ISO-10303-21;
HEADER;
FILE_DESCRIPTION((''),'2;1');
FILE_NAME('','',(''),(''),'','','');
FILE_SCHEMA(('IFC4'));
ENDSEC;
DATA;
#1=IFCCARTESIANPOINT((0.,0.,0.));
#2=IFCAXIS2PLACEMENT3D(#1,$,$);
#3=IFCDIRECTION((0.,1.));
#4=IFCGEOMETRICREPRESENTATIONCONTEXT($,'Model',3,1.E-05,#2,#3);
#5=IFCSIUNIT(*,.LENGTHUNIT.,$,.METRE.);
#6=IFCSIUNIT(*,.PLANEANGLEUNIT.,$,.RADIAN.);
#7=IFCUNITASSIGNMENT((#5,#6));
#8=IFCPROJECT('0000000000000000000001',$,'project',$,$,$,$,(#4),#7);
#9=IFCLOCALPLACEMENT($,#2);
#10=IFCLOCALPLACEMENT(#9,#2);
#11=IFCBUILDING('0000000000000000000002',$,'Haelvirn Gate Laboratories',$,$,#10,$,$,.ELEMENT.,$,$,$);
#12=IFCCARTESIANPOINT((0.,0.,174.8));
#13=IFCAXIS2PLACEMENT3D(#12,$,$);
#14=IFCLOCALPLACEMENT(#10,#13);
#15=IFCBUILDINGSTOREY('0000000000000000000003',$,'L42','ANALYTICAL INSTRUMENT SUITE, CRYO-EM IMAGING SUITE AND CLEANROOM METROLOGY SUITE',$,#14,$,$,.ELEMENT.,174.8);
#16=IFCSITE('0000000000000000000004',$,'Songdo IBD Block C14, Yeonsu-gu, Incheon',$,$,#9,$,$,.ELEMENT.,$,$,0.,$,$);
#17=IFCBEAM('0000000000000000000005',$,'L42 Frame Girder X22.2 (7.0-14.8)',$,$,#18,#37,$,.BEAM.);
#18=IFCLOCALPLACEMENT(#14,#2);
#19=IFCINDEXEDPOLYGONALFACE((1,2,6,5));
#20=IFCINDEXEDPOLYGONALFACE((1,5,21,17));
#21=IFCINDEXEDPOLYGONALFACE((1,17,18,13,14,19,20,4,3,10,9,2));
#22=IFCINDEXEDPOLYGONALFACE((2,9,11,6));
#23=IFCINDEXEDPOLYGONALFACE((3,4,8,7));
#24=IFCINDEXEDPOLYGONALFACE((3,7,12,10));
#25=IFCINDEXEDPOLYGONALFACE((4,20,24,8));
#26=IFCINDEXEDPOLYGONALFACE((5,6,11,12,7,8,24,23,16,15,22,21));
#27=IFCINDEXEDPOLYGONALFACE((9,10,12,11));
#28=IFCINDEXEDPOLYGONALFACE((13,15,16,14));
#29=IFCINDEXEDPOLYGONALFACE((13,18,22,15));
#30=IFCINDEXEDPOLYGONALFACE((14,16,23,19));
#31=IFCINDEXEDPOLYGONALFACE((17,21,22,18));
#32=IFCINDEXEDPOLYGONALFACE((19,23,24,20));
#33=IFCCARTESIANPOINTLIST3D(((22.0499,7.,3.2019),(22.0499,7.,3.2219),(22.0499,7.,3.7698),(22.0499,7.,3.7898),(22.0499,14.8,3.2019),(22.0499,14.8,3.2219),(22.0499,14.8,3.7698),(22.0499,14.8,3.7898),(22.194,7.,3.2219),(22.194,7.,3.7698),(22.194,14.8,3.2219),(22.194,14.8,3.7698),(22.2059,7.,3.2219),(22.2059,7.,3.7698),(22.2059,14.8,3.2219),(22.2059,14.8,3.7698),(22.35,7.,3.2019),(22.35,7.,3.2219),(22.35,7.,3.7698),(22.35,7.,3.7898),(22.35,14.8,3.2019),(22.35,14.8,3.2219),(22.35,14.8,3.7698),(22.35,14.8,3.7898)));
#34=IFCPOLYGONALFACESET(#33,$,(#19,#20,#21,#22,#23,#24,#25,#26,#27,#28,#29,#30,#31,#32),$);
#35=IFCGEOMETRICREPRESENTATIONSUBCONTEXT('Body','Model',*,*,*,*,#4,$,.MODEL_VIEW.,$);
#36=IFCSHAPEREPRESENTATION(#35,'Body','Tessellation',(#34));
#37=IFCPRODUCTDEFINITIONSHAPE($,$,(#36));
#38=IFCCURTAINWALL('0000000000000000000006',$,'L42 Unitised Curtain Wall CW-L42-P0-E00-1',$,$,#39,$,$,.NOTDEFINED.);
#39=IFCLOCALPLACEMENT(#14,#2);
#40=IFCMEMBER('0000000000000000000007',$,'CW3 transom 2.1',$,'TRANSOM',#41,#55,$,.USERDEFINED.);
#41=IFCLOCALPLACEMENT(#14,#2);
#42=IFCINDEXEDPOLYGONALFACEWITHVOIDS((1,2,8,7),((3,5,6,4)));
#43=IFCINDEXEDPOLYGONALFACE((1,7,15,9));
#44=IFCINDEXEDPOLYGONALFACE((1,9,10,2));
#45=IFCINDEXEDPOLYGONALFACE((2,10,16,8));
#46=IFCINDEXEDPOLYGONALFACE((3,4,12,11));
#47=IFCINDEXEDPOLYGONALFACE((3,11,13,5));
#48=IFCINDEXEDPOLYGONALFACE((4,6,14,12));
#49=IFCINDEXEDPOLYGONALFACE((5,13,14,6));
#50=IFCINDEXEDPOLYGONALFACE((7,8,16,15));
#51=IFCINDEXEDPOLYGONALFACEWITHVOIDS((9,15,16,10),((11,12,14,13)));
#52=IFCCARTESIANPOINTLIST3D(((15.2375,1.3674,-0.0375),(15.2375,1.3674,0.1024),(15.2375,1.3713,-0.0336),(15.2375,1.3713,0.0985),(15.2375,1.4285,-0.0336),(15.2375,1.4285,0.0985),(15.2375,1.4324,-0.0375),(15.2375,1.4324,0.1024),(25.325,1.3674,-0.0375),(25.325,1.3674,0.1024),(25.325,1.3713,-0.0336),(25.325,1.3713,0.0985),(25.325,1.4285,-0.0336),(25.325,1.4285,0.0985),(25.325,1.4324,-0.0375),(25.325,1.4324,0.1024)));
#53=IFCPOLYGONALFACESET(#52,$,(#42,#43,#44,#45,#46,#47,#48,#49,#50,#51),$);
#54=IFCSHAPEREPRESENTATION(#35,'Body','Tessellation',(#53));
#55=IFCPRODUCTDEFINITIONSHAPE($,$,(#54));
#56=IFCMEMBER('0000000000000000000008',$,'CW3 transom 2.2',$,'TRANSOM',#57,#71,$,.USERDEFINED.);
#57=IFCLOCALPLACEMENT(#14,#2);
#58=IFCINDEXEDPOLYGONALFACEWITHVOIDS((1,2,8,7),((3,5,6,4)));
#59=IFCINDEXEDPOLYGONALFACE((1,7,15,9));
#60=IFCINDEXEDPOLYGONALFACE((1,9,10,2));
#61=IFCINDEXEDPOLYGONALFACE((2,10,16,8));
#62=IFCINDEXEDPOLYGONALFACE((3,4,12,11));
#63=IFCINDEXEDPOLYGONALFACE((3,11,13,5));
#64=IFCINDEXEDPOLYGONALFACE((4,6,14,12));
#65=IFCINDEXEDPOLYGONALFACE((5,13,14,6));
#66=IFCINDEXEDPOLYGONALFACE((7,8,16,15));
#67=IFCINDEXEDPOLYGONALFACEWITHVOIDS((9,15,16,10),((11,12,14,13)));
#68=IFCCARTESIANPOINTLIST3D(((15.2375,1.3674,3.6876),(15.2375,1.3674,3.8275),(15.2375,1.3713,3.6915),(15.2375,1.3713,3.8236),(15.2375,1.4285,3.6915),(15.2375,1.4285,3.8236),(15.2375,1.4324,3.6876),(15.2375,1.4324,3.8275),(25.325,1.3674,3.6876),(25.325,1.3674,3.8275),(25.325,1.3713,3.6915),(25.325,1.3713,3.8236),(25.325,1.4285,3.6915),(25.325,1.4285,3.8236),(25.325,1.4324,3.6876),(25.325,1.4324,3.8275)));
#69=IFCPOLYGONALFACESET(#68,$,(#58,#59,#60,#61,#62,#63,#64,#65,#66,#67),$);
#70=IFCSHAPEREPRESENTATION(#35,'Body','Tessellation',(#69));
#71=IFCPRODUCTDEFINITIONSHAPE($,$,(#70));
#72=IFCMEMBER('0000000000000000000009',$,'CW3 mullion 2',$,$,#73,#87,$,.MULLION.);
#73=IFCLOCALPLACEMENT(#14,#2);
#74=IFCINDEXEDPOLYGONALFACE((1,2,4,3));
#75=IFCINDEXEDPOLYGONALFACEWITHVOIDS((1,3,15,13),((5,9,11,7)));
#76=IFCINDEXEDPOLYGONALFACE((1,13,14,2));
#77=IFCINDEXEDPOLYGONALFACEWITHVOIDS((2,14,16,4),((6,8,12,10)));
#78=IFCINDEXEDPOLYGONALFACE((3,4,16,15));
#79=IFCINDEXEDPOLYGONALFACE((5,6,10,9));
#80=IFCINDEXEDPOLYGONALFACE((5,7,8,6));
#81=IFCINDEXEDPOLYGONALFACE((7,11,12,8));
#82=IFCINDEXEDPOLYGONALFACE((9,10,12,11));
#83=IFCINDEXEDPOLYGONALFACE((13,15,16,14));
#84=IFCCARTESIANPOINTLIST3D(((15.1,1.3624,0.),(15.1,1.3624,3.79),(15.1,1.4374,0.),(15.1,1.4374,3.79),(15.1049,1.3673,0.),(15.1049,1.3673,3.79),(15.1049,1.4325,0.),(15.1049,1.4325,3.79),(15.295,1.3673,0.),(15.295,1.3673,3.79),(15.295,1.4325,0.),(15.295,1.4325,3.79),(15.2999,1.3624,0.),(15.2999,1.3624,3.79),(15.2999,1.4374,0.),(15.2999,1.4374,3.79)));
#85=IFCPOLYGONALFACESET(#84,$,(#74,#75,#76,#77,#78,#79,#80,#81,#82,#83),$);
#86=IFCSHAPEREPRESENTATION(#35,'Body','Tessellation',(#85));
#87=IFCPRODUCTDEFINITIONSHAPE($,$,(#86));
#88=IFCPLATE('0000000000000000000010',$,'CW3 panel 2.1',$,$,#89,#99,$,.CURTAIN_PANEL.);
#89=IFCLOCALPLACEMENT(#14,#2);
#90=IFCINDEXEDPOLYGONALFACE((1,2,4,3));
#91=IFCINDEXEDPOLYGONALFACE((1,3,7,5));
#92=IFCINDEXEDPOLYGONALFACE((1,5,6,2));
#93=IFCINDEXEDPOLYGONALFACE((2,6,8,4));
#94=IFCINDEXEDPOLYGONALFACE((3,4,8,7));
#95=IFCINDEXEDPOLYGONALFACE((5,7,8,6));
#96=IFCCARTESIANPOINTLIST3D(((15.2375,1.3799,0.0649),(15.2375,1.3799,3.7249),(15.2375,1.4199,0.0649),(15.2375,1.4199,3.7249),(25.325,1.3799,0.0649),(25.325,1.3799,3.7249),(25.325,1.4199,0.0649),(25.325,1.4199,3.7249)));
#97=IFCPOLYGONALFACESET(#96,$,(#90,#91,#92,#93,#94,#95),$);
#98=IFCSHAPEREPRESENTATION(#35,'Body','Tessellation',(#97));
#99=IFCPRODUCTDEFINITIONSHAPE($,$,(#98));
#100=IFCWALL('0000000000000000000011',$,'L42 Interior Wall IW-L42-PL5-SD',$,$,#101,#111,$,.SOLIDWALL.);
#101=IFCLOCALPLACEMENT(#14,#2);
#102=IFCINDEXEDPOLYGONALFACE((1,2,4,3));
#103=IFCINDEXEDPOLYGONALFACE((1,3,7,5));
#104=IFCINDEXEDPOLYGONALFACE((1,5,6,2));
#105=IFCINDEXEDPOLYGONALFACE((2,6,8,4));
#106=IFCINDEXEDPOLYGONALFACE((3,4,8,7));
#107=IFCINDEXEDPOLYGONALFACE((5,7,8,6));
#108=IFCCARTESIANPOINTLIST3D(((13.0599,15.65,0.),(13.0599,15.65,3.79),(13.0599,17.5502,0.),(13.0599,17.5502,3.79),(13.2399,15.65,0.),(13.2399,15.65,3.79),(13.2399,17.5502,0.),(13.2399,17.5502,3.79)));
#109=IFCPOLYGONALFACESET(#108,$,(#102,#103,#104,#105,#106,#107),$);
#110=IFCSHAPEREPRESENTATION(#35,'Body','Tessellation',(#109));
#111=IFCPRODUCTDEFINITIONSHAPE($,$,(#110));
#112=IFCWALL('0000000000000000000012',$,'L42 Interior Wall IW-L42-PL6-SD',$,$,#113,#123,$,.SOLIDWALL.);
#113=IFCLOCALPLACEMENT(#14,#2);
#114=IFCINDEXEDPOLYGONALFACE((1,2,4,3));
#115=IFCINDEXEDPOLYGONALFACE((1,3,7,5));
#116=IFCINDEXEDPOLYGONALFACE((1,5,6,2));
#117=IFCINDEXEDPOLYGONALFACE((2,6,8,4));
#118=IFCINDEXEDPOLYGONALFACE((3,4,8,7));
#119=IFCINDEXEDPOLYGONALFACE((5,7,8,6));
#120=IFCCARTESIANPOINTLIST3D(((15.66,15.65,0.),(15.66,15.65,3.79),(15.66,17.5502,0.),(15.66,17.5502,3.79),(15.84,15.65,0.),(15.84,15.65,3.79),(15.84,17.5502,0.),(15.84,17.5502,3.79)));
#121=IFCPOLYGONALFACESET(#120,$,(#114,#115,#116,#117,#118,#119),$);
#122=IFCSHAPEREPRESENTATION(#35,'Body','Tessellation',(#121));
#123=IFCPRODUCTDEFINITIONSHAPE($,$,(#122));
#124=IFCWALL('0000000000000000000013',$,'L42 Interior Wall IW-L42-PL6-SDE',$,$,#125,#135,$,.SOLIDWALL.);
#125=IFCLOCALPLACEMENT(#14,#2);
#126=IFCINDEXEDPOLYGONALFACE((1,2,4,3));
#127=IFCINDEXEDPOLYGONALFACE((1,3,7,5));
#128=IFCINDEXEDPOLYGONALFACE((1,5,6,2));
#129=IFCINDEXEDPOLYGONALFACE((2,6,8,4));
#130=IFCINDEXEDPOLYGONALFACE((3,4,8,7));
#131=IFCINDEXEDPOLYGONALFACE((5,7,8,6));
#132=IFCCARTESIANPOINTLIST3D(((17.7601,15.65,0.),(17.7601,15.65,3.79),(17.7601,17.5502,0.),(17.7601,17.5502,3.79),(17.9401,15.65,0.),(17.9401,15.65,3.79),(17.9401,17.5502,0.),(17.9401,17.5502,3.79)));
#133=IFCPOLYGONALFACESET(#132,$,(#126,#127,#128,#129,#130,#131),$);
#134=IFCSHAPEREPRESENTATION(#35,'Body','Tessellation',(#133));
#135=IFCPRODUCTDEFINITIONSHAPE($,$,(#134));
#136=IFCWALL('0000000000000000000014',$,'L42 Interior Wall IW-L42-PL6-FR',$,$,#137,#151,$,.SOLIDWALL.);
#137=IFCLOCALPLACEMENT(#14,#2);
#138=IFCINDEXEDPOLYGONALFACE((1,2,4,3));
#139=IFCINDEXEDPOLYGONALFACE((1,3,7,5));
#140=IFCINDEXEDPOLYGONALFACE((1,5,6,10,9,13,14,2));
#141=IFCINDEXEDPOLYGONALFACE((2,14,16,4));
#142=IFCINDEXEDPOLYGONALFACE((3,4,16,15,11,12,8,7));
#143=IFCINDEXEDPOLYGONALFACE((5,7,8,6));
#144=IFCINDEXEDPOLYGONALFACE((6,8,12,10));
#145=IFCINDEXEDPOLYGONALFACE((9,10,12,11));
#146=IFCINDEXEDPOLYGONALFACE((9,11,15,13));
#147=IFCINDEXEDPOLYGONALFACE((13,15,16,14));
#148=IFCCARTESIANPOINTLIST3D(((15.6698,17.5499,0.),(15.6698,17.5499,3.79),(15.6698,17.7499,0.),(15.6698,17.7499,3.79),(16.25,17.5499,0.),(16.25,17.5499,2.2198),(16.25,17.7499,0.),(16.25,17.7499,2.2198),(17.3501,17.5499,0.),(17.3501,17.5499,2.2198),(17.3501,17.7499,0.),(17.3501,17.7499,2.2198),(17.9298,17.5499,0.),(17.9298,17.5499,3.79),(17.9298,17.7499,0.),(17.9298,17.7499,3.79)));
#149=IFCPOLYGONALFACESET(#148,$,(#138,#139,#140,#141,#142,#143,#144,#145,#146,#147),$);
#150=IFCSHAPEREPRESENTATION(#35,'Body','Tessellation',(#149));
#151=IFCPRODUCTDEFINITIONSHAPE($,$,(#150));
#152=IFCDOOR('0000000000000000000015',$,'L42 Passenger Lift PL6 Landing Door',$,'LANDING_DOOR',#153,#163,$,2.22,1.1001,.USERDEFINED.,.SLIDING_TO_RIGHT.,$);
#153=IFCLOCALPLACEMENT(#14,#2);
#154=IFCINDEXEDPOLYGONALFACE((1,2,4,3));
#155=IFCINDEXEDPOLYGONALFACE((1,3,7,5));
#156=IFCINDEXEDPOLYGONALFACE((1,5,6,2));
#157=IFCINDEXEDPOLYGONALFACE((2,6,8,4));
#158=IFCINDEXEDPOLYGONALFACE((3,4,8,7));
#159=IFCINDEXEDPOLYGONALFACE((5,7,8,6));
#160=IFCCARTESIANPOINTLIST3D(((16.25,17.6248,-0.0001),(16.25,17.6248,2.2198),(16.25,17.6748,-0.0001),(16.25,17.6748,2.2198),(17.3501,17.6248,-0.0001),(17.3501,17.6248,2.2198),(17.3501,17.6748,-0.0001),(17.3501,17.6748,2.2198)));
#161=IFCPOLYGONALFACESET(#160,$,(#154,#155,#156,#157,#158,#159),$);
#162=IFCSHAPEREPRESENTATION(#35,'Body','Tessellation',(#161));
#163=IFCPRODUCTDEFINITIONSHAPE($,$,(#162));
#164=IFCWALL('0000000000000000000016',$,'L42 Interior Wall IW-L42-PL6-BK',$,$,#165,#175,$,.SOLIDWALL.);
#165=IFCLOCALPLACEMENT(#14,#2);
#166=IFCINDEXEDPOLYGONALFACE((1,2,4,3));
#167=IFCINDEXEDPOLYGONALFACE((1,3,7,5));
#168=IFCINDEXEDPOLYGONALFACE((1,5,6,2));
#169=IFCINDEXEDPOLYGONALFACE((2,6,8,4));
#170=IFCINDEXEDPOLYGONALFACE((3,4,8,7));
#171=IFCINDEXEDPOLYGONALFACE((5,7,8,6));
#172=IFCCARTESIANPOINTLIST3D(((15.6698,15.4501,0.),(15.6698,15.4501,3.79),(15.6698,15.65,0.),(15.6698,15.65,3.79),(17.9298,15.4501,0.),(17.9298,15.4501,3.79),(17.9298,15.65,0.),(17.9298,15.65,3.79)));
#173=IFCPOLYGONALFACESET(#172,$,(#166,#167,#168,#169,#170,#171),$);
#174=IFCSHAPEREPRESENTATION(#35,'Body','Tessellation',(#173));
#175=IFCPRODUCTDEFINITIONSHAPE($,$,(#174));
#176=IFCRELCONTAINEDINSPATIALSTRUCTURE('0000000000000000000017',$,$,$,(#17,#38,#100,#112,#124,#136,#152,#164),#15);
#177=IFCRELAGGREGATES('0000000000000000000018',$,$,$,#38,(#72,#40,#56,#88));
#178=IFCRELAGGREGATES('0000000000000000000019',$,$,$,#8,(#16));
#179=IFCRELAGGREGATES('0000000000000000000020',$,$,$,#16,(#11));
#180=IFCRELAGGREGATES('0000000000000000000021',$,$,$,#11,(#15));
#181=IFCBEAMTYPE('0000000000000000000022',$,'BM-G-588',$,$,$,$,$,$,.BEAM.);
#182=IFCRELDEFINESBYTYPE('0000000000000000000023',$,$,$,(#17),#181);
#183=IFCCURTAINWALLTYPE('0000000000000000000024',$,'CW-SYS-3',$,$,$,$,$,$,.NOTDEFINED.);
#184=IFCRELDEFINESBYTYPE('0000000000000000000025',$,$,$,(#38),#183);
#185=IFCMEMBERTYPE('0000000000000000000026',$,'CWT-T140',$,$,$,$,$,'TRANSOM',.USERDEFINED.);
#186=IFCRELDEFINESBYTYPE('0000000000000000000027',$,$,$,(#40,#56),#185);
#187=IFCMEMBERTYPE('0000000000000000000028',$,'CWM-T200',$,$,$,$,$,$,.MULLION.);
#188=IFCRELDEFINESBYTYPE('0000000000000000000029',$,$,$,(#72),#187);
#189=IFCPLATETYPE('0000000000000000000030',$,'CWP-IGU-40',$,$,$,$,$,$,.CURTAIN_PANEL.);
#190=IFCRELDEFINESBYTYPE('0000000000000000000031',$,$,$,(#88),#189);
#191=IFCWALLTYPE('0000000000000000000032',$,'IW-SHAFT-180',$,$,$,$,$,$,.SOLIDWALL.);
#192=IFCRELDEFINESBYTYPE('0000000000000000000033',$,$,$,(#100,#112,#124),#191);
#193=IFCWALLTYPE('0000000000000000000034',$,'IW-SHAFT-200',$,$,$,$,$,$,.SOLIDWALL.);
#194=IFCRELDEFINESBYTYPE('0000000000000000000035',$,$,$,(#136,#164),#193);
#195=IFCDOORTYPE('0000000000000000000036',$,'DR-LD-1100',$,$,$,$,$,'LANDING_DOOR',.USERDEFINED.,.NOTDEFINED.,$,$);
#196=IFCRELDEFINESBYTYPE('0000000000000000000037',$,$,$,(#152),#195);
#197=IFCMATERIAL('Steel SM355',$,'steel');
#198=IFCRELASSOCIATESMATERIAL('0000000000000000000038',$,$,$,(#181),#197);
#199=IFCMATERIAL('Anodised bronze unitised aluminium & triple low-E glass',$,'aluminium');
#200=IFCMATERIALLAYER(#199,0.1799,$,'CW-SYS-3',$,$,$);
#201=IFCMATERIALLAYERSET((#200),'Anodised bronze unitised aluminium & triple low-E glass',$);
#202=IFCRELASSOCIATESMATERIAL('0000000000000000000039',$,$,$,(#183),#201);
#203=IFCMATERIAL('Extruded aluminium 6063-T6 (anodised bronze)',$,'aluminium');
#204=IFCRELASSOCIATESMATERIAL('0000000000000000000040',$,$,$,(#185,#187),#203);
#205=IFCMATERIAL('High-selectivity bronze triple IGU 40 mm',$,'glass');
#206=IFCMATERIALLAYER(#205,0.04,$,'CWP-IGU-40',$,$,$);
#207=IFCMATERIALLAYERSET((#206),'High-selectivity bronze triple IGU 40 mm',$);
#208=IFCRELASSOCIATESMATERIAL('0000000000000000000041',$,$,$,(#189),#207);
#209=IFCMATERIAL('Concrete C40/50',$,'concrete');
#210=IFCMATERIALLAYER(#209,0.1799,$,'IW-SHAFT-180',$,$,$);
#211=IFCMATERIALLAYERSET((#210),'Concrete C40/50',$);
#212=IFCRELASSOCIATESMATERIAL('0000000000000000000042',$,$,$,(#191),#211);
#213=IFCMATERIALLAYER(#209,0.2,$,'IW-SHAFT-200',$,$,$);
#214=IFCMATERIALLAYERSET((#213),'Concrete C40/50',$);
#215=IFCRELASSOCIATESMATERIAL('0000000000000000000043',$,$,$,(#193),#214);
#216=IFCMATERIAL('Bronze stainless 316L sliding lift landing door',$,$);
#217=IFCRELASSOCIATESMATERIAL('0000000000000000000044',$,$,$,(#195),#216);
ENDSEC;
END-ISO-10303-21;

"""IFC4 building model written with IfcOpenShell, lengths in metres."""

from ifc_helpers import new_model, si_unit, direction, frame, frame_2d, origin, origin_2d, place, context, subcontext, project, spatial, rectangle, hollow_rectangle, i_section, extrude, source, transform, mapped, material, layer, layer_set, material_profile, profile_set, type_object, type_shapes, element, fill, aggregate, save


model = new_model("IFC4")

# Units and contexts
model_context = context("Model", 3, precision=1e-05, world=origin(), true_north=direction((0.0, 1.0)))
body_context = subcontext(model_context, "Body", "Model", "MODEL_VIEW")
ifc_project = project(units=[si_unit("LENGTHUNIT", "METRE"), si_unit("PLANEANGLEUNIT", "RADIAN")], contexts=[model_context])

# Site, building, storey
site_placement = place(None, origin())
site = spatial("IfcSite", under=ifc_project, at=site_placement, Name="Songdo IBD Block C14, Yeonsu-gu, Incheon", CompositionType="ELEMENT", RefElevation=0.0)
building_placement = place(site_placement, origin())
building = spatial("IfcBuilding", under=site, at=building_placement, Name="Haelvirn Gate Laboratories", CompositionType="ELEMENT")
storey_placement = place(building_placement, frame((0.0, 0.0, 174.8)))
storey = spatial("IfcBuildingStorey", under=building, at=storey_placement, Name="L42", Description="ANALYTICAL INSTRUMENT SUITE, CRYO-EM IMAGING SUITE AND CLEANROOM METROLOGY SUITE", CompositionType="ELEMENT", Elevation=174.8)

# Beam
ifc_material_1 = material(Name="Steel SM355", Category="steel")
ifc_material_profile_1 = material_profile(ifc_material_1, i_section(OverallWidth=0.3, OverallDepth=0.5879, WebThickness=0.012, FlangeThickness=0.02, at=origin_2d()), Name="H-588x300x12x20")
ifc_profile_set_1 = profile_set([ifc_material_profile_1], Name="Steel SM355")
beam_type_1 = type_object("IfcBeamType", Name="BM-G-588", PredefinedType="BEAM", material=ifc_profile_set_1)
shared_shape_1 = source(origin(), body_context, "Body", "SweptSolid", [
    extrude(i_section(OverallWidth=0.3, OverallDepth=0.5879, WebThickness=0.012, FlangeThickness=0.02, at=origin_2d()), origin(), (0.0, 0.0, 1.0), 7.8),
])
beam_1_placement = place(storey_placement, frame((22.2, 7.0, 3.4958), z_axis=(0.0, 1.0, 0.0), x_axis=(-1.0, 0.0, 0.0)))
element("IfcBeam", 1, at=beam_1_placement, inside=storey, type_object=beam_type_1, Name="L42 Frame Girder X22.2 (7.0-14.8)", PredefinedType="BEAM", context=body_context, shape_type="MappedRepresentation", body=[
    mapped(shared_shape_1, transform((0.0, 0.0, 0.0), scale=1.0)),
])

# Curtain wall, members, plate
ifc_material_2 = material(Name="Anodised bronze unitised aluminium & triple low-E glass", Category="aluminium")
ifc_layer_1 = layer(ifc_material_2, 0.1799, Name="CW-SYS-3")
ifc_layer_set_1 = layer_set([ifc_layer_1], Name="Anodised bronze unitised aluminium & triple low-E glass")
curtain_wall_type = type_object("IfcCurtainWallType", Name="CW-SYS-3", PredefinedType="NOTDEFINED", material=ifc_layer_set_1)
curtain_wall_placement = place(storey_placement, origin())
curtain_wall = element("IfcCurtainWall", 2, at=curtain_wall_placement, inside=storey, type_object=curtain_wall_type, Name="L42 Unitised Curtain Wall CW-L42-P0-E00-1", PredefinedType="NOTDEFINED")
ifc_material_3 = material(Name="Extruded aluminium 6063-T6 (anodised bronze)", Category="aluminium")
ifc_material_profile_2 = material_profile(ifc_material_3, hollow_rectangle(XDim=0.0649, YDim=0.1399, WallThickness=0.0039, at=origin_2d()), Name="CWT-140x65x4")
ifc_profile_set_2 = profile_set([ifc_material_profile_2], Name="Extruded aluminium 6063-T6 (anodised bronze)")
member_type_1 = type_object("IfcMemberType", Name="CWT-T140", ElementType="TRANSOM", PredefinedType="USERDEFINED", material=ifc_profile_set_2)
shared_shape_2 = source(origin(), body_context, "Body", "SweptSolid", [
    extrude(hollow_rectangle(XDim=0.0649, YDim=0.1399, WallThickness=0.0039, at=origin_2d()), origin(), (0.0, 0.0, 1.0), 10.0874),
])
type_shapes(member_type_1, [shared_shape_2])
member_1_placement = place(storey_placement, frame((15.2375, 1.3999, 0.0325), z_axis=(1.0, 0.0, 0.0), x_axis=(0.0, 1.0, 0.0)))
member_1 = element("IfcMember", 3, at=member_1_placement, type_object=member_type_1, Name="CW3 transom 2.1", ObjectType="TRANSOM", PredefinedType="USERDEFINED", context=body_context, shape_type="MappedRepresentation", body=[
    mapped(shared_shape_2, transform((0.0, 0.0, 0.0), scale=1.0)),
])
member_2_placement = place(storey_placement, frame((15.2375, 1.3999, 3.7576), z_axis=(1.0, 0.0, 0.0), x_axis=(0.0, 1.0, 0.0)))
member_2 = element("IfcMember", 4, at=member_2_placement, type_object=member_type_1, Name="CW3 transom 2.2", ObjectType="TRANSOM", PredefinedType="USERDEFINED", context=body_context, shape_type="MappedRepresentation", body=[
    mapped(shared_shape_2, transform((0.0, 0.0, 0.0), scale=1.0)),
])
ifc_material_profile_3 = material_profile(ifc_material_3, hollow_rectangle(XDim=0.075, YDim=0.2, WallThickness=0.0049, at=origin_2d()), Name="CWM-200x75x5")
ifc_profile_set_3 = profile_set([ifc_material_profile_3], Name="Extruded aluminium 6063-T6 (anodised bronze)")
member_type_2 = type_object("IfcMemberType", Name="CWM-T200", PredefinedType="MULLION", material=ifc_profile_set_3)
shared_shape_3 = source(origin(), body_context, "Body", "SweptSolid", [
    extrude(hollow_rectangle(XDim=0.075, YDim=0.2, WallThickness=0.0049, at=origin_2d()), origin(), (0.0, 0.0, 1.0), 3.79),
])
type_shapes(member_type_2, [shared_shape_3])
member_3_placement = place(storey_placement, frame((15.2, 1.3999, 0.0), z_axis=(0.0, 0.0, 1.0), x_axis=(0.0, 1.0, 0.0)))
member_3 = element("IfcMember", 5, at=member_3_placement, type_object=member_type_2, Name="CW3 mullion 2", PredefinedType="MULLION", context=body_context, shape_type="MappedRepresentation", body=[
    mapped(shared_shape_3, transform((0.0, 0.0, 0.0), scale=1.0)),
])
ifc_material_4 = material(Name="High-selectivity bronze triple IGU 40 mm", Category="glass")
ifc_layer_2 = layer(ifc_material_4, 0.04, Name="CWP-IGU-40")
ifc_layer_set_2 = layer_set([ifc_layer_2], Name="High-selectivity bronze triple IGU 40 mm")
plate_type = type_object("IfcPlateType", Name="CWP-IGU-40", PredefinedType="CURTAIN_PANEL", material=ifc_layer_set_2)
shared_shape_4 = source(origin(), body_context, "Body", "SweptSolid", [
    extrude(rectangle(XDim=10.0874, YDim=0.04, at=origin_2d()), origin(), (0.0, 0.0, 1.0), 3.6599),
])
type_shapes(plate_type, [shared_shape_4])
plate_placement = place(storey_placement, frame((20.2812, 1.3999, 0.0649), z_axis=(0.0, 0.0, 1.0), x_axis=(1.0, 0.0, 0.0)))
plate = element("IfcPlate", 6, at=plate_placement, type_object=plate_type, Name="CW3 panel 2.1", PredefinedType="CURTAIN_PANEL", context=body_context, shape_type="MappedRepresentation", body=[
    mapped(shared_shape_4, transform((0.0, 0.0, 0.0), scale=1.0)),
])
aggregate(curtain_wall, [member_3, member_1, member_2, plate])

# Walls
ifc_material_5 = material(Name="Concrete C40/50", Category="concrete")
ifc_layer_3 = layer(ifc_material_5, 0.1799, Name="IW-SHAFT-180")
ifc_layer_set_3 = layer_set([ifc_layer_3], Name="Concrete C40/50")
wall_type_1 = type_object("IfcWallType", Name="IW-SHAFT-180", PredefinedType="SOLIDWALL", material=ifc_layer_set_3)
for number, where, z_axis, x_axis, name in (
    (7, (13.1499, 15.6499, 0.0), (0.0, 0.0, 1.0), (0.0, 1.0, 0.0), "L42 Interior Wall IW-L42-PL5-SD"),
    (8, (15.75, 15.6499, 0.0), (0.0, 0.0, 1.0), (0.0, 1.0, 0.0), "L42 Interior Wall IW-L42-PL6-SD"),
    (9, (17.8501, 15.6499, 0.0), (0.0, 0.0, 1.0), (0.0, 1.0, 0.0), "L42 Interior Wall IW-L42-PL6-SDE"),
):
    element("IfcWall", number, at=place(storey_placement, frame(where, z_axis=z_axis, x_axis=x_axis)), inside=storey, type_object=wall_type_1, Name=name, PredefinedType="SOLIDWALL", context=body_context, shape_type="SweptSolid", body=[
        extrude(rectangle(XDim=1.9001, YDim=0.1799, at=frame_2d((0.9502, 0.0))), origin(), (0.0, 0.0, 1.0), 3.79),
    ])

# Wall, opening, door
ifc_layer_4 = layer(ifc_material_5, 0.2, Name="IW-SHAFT-200")
ifc_layer_set_4 = layer_set([ifc_layer_4], Name="Concrete C40/50")
wall_type_2 = type_object("IfcWallType", Name="IW-SHAFT-200", PredefinedType="SOLIDWALL", material=ifc_layer_set_4)
wall_1_placement = place(storey_placement, frame((15.6699, 17.6499, 0.0), z_axis=(0.0, 0.0, 1.0), x_axis=(1.0, 0.0, 0.0)))
wall_1 = element("IfcWall", 10, at=wall_1_placement, inside=storey, type_object=wall_type_2, Name="L42 Interior Wall IW-L42-PL6-FR", PredefinedType="SOLIDWALL", context=body_context, shape_type="SweptSolid", body=[
    extrude(rectangle(XDim=2.26, YDim=0.2, at=frame_2d((1.1299, 0.0))), origin(), (0.0, 0.0, 1.0), 3.79),
])
opening_1_placement = place(wall_1_placement, frame((0.5801, 0.0, 0.0)))
opening_1 = element("IfcOpeningElement", 11, at=opening_1_placement, cuts=wall_1, PredefinedType="OPENING", context=body_context, shape_type="SweptSolid", body=[
    extrude(rectangle(XDim=1.1001, YDim=2.22, at=frame_2d((0.55, 1.1099))), frame((0.0, 0.1099, 0.0), z_axis=(0.0, -1.0, 0.0), x_axis=(1.0, 0.0, 0.0)), (0.0, 0.0, 1.0), 0.22),
])
ifc_material_6 = material(Name="Bronze stainless 316L sliding lift landing door")
door_type_1 = type_object("IfcDoorType", Name="DR-LD-1100", ElementType="LANDING_DOOR", OperationType="NOTDEFINED", PredefinedType="USERDEFINED", material=ifc_material_6)
shared_shape_5 = source(origin(), body_context, "Body", "SweptSolid", [
    extrude(rectangle(XDim=1.1001, YDim=2.22, at=frame_2d((0.55, 1.1099))), frame((0.0, 0.0249, 0.0), z_axis=(0.0, -1.0, 0.0), x_axis=(1.0, 0.0, 0.0)), (0.0, 0.0, 1.0), 0.05),
])
type_shapes(door_type_1, [shared_shape_5])
door_1_placement = place(opening_1_placement, origin())
door_1 = element("IfcDoor", 12, at=door_1_placement, inside=storey, type_object=door_type_1, Name="L42 Passenger Lift PL6 Landing Door", ObjectType="LANDING_DOOR", OperationType="SLIDING_TO_RIGHT", OverallHeight=2.22, OverallWidth=1.1001, PredefinedType="USERDEFINED", context=body_context, shape_type="MappedRepresentation", body=[
    mapped(shared_shape_5, transform((0.0, 0.0, 0.0), scale=1.0)),
])
fill(opening_1, door_1)

# Wall
wall_2_placement = place(storey_placement, frame((15.6699, 15.55, 0.0), z_axis=(0.0, 0.0, 1.0), x_axis=(1.0, 0.0, 0.0)))
element("IfcWall", 13, at=wall_2_placement, inside=storey, type_object=wall_type_2, Name="L42 Interior Wall IW-L42-PL6-BK", PredefinedType="SOLIDWALL", context=body_context, shape_type="SweptSolid", body=[
    extrude(rectangle(XDim=2.26, YDim=0.2, at=frame_2d((1.1299, 0.0))), origin(), (0.0, 0.0, 1.0), 3.79),
])

save(model, "model.ifc")
